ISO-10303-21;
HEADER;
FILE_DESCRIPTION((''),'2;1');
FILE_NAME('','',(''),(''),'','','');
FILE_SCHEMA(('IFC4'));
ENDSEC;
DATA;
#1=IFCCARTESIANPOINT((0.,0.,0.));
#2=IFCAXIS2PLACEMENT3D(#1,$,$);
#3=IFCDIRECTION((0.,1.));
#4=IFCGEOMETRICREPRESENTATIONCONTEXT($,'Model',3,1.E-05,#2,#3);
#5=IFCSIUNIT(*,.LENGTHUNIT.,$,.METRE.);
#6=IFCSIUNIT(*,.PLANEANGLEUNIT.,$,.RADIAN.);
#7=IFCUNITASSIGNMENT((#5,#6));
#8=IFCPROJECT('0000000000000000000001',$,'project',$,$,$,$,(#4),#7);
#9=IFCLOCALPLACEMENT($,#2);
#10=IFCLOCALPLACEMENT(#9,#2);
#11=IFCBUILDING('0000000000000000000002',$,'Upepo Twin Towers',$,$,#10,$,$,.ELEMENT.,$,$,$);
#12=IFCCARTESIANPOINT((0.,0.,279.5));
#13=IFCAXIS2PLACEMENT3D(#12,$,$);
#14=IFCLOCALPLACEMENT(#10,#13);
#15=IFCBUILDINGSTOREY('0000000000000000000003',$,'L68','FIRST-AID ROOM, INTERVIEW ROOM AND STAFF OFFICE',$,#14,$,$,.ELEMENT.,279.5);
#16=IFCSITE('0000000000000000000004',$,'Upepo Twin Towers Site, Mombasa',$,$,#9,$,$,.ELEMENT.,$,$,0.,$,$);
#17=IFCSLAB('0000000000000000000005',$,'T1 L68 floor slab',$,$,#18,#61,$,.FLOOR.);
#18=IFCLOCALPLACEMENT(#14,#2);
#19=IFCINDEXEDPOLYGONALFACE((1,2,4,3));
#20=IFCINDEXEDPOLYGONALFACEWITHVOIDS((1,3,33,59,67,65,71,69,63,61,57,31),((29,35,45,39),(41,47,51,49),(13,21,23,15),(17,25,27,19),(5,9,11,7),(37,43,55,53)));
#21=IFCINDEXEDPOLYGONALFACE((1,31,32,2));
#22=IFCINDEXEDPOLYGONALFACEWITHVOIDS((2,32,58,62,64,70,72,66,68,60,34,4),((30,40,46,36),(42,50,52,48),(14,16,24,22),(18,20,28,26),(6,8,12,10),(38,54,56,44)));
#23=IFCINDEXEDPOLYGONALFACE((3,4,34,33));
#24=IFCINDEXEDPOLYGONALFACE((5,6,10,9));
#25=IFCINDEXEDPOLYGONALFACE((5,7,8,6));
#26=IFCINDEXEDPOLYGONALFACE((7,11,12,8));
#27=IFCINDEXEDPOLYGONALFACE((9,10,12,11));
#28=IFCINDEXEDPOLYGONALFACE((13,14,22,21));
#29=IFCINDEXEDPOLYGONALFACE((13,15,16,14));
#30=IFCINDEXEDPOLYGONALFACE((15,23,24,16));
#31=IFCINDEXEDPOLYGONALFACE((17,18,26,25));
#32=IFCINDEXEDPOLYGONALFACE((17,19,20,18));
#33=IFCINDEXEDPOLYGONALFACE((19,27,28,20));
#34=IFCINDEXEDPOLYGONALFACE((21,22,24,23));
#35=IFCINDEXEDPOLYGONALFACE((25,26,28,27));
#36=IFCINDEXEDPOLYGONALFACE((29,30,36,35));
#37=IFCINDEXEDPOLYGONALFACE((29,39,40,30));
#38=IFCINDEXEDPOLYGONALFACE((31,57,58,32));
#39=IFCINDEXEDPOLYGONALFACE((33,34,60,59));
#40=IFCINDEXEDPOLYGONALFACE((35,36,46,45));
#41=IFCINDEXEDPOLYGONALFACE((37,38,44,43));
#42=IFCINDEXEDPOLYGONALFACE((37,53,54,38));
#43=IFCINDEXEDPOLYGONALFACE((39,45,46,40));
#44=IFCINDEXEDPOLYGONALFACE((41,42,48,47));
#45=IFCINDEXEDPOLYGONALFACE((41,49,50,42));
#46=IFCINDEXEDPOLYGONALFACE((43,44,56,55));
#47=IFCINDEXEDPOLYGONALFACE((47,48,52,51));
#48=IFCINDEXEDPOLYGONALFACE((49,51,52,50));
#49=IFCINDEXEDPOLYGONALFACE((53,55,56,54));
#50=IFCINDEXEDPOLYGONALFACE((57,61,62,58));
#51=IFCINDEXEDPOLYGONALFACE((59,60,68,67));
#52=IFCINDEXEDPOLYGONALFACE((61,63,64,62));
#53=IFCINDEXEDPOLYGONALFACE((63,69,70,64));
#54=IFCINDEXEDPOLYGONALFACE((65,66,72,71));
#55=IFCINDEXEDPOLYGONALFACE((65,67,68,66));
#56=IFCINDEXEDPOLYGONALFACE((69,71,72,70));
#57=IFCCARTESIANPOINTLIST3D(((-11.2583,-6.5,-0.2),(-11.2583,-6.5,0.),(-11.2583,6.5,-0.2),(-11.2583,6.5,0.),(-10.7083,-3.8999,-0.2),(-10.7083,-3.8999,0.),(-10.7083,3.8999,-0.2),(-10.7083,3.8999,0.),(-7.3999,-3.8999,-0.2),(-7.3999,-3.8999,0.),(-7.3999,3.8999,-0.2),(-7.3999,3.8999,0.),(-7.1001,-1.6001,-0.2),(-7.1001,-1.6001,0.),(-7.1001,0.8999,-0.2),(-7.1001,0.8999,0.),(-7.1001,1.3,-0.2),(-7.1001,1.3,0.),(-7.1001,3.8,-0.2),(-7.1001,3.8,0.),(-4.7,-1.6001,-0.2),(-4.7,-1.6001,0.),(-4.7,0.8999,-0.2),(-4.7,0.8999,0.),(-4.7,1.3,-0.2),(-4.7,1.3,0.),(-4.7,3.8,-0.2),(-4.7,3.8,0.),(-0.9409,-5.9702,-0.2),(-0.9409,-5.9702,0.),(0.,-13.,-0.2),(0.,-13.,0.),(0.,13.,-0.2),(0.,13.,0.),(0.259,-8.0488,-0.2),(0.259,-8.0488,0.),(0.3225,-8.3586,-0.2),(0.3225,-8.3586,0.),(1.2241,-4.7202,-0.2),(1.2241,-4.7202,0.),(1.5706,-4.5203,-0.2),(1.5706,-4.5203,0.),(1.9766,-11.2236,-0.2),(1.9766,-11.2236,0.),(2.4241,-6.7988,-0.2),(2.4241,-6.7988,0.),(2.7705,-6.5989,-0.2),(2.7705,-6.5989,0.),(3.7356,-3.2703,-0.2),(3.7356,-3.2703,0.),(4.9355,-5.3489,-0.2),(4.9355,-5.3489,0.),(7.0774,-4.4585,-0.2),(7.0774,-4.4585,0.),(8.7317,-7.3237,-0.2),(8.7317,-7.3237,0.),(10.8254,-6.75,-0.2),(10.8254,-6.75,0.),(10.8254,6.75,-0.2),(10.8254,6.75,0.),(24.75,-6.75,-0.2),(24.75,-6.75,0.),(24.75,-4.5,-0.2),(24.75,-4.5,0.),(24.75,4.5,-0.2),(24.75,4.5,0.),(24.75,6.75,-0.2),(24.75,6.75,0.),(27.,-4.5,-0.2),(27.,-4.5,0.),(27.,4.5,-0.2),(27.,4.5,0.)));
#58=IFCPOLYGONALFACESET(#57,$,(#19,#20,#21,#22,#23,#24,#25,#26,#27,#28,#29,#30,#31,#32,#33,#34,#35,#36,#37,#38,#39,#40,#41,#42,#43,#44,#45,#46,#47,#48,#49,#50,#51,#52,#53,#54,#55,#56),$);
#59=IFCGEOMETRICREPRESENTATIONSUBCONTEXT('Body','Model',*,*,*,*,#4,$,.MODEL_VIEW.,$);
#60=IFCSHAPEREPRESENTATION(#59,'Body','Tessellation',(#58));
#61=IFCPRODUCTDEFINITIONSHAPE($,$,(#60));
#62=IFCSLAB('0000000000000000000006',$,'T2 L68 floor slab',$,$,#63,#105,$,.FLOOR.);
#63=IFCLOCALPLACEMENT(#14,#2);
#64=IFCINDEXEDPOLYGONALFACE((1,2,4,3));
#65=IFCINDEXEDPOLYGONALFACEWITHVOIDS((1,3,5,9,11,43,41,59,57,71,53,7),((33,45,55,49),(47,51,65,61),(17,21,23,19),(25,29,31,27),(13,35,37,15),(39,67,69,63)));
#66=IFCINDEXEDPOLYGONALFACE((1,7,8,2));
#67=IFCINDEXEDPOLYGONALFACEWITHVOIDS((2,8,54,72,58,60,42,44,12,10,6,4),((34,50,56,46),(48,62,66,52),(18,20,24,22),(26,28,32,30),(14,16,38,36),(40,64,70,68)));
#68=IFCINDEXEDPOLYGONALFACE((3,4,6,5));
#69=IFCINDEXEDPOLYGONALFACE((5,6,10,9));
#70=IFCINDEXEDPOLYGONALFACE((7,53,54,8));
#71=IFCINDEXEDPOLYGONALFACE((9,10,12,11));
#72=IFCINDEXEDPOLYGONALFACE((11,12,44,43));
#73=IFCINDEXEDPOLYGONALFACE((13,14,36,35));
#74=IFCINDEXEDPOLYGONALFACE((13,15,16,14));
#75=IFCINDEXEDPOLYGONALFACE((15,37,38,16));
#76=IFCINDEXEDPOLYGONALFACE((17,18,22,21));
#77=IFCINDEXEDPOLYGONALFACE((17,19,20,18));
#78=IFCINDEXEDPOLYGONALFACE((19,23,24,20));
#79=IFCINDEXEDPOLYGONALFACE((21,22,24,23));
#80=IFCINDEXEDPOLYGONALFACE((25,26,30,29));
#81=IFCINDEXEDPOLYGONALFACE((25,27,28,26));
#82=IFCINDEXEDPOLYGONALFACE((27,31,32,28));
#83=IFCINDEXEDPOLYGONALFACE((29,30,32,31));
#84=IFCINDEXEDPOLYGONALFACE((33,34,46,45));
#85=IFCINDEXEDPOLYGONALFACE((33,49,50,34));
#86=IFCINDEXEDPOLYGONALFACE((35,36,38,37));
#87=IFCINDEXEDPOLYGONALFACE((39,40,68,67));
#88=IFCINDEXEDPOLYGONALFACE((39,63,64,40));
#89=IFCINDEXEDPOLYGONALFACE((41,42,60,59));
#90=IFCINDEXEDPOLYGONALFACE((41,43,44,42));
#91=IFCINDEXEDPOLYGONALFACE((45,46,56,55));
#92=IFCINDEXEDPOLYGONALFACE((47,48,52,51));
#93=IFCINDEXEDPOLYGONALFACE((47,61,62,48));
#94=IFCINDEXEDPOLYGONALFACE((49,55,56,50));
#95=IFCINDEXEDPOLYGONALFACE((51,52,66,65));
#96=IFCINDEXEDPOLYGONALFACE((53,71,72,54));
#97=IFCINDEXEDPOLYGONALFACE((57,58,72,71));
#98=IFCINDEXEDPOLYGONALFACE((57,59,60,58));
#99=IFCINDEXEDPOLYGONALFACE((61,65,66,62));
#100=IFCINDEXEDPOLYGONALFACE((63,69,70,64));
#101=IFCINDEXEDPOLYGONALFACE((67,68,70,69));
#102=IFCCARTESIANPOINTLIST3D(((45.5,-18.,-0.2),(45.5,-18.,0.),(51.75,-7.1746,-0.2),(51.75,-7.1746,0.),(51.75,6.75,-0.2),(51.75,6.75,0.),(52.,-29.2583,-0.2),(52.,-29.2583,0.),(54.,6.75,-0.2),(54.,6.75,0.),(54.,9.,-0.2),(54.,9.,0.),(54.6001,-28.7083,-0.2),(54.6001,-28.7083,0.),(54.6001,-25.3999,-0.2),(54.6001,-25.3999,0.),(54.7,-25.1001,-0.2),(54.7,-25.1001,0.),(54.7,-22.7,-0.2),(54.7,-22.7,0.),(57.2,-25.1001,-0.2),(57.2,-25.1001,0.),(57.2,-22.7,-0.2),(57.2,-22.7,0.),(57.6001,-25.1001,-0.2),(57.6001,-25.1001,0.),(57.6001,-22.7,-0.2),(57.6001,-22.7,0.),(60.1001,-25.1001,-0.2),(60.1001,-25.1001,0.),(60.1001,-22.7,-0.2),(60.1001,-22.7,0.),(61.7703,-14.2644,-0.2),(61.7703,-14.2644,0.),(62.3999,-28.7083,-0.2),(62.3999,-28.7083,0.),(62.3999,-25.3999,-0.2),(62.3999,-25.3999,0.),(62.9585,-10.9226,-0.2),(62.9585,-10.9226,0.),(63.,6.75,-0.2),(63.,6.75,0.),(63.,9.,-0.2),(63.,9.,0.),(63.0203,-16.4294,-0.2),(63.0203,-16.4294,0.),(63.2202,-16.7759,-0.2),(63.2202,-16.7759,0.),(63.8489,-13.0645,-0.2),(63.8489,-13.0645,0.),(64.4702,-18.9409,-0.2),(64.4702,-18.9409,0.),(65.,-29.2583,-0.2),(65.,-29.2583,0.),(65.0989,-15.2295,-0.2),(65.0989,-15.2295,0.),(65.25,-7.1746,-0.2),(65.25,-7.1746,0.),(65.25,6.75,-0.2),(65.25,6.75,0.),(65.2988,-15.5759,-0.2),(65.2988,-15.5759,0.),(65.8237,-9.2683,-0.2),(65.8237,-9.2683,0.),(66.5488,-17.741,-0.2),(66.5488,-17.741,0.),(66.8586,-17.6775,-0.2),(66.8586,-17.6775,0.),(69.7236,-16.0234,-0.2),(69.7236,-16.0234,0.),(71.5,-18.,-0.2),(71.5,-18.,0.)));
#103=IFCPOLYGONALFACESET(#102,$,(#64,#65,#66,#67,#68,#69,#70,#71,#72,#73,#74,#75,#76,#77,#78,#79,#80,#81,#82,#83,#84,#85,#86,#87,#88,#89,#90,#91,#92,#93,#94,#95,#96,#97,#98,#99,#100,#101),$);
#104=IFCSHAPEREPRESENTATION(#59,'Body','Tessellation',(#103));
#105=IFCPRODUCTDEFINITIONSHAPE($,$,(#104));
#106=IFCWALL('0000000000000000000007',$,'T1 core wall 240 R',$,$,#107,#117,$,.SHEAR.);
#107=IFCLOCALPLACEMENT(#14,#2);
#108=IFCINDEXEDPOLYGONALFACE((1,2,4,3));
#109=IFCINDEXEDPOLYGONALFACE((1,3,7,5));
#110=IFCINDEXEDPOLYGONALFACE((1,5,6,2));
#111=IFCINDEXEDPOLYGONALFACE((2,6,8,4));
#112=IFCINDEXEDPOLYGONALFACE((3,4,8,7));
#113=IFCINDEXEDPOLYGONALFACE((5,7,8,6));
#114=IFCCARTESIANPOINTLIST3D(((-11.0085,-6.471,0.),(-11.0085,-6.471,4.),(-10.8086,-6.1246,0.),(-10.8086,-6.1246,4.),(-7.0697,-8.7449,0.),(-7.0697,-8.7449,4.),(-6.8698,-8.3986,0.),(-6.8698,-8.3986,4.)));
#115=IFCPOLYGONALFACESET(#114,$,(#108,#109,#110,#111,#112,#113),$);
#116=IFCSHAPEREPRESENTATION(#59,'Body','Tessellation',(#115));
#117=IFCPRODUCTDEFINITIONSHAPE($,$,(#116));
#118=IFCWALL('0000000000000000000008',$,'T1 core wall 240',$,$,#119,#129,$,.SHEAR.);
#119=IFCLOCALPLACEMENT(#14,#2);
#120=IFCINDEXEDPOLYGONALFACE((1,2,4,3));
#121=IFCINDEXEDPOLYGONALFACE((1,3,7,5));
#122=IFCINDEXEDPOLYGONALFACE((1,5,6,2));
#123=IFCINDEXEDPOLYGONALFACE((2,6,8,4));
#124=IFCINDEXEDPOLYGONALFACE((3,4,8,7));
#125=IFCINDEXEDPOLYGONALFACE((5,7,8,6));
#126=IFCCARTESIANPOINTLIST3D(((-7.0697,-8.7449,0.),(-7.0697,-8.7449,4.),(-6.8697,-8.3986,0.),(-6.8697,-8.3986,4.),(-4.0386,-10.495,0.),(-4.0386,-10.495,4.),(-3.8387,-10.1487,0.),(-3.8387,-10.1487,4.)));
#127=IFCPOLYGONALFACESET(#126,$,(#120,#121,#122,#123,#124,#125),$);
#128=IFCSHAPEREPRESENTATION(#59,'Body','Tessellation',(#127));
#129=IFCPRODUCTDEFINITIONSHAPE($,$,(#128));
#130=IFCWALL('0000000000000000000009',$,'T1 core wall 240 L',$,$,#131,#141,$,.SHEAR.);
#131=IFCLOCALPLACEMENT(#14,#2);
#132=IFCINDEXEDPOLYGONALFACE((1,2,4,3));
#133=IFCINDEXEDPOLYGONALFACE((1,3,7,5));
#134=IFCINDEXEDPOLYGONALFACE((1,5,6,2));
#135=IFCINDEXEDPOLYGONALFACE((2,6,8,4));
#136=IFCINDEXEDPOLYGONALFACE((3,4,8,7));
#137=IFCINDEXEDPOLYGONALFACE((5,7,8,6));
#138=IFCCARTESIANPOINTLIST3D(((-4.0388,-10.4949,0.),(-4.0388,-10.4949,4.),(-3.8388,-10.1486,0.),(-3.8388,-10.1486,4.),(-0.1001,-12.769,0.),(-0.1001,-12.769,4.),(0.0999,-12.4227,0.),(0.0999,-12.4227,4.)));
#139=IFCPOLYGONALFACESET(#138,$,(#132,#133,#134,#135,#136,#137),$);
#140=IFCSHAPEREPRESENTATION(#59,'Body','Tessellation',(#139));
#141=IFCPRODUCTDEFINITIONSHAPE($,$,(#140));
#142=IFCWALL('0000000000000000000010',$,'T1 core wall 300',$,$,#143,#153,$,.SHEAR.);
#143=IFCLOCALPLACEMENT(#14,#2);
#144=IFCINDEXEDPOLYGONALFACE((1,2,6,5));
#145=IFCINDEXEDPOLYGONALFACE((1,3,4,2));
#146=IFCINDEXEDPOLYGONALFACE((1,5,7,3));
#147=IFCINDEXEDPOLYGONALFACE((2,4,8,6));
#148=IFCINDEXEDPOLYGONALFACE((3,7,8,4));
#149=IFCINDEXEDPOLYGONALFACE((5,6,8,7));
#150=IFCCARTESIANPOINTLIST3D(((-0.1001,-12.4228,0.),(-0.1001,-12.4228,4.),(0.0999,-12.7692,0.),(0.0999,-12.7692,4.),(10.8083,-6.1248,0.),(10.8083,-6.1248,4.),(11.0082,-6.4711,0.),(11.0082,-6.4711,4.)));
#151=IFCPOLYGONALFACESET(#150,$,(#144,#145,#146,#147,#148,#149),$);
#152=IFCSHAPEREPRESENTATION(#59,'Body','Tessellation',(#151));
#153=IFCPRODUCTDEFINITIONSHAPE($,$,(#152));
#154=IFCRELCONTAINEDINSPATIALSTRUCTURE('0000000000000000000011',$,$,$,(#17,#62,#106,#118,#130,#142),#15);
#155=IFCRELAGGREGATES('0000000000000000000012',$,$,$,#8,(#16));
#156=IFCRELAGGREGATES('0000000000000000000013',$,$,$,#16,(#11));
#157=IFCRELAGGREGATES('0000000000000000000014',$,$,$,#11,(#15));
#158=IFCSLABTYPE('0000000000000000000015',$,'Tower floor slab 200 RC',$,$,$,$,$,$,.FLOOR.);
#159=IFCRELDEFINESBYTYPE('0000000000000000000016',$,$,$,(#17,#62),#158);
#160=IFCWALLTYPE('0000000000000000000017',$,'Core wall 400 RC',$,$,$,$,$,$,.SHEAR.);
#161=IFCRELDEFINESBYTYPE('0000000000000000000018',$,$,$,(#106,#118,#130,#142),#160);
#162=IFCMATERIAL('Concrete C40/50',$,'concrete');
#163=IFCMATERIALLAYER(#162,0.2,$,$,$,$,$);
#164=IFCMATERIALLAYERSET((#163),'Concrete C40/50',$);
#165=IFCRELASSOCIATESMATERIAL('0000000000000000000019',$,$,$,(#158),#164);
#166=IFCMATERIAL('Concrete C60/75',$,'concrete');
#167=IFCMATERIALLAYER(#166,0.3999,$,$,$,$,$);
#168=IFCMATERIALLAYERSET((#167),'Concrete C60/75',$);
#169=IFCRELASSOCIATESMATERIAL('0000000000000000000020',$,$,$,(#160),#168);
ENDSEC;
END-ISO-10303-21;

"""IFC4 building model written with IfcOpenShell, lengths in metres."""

from ifc_helpers import new_model, si_unit, direction, frame, frame_2d, origin, place, context, subcontext, project, spatial, polyline, rectangle, outline, extrude, material, layer, layer_set, type_object, element, save


model = new_model("IFC4")

# Units and contexts
model_context = context("Model", 3, precision=1e-05, world=origin(), true_north=direction((0.0, 1.0)))
body_context = subcontext(model_context, "Body", "Model", "MODEL_VIEW")
ifc_project = project(units=[si_unit("LENGTHUNIT", "METRE"), si_unit("PLANEANGLEUNIT", "RADIAN")], contexts=[model_context])

# Site, building, storey
site_placement = place(None, origin())
site = spatial("IfcSite", under=ifc_project, at=site_placement, Name="Upepo Twin Towers Site, Mombasa", CompositionType="ELEMENT", RefElevation=0.0)
building_placement = place(site_placement, origin())
building = spatial("IfcBuilding", under=site, at=building_placement, Name="Upepo Twin Towers", CompositionType="ELEMENT")
storey_placement = place(building_placement, frame((0.0, 0.0, 279.5)))
storey = spatial("IfcBuildingStorey", under=building, at=storey_placement, Name="L68", Description="FIRST-AID ROOM, INTERVIEW ROOM AND STAFF OFFICE", CompositionType="ELEMENT", Elevation=279.5)

# Slabs
ifc_material_1 = material(Name="Concrete C40/50", Category="concrete")
ifc_layer_1 = layer(ifc_material_1, 0.2)
ifc_layer_set_1 = layer_set([ifc_layer_1], Name="Concrete C40/50")
slab_type = type_object("IfcSlabType", Name="Tower floor slab 200 RC", PredefinedType="FLOOR", material=ifc_layer_set_1)
slab_1_placement = place(storey_placement, frame((0.0, 0.0, -0.2)))
element("IfcSlab", 1, at=slab_1_placement, inside=storey, type_object=slab_type, Name="T1 L68 floor slab", PredefinedType="FLOOR", context=body_context, shape_type="SweptSolid", body=[
    extrude(outline(polyline([(0.0, -13.0), (-11.2583, -6.5), (-11.2583, 6.5), (0.0, 13.0), (10.8254, 6.75), (24.75, 6.75), (24.75, 4.5), (27.0, 4.5), (27.0, -4.5), (24.75, -4.5), (24.75, -6.75), (10.8254, -6.75), (0.0, -13.0)]), holes=[polyline([(-4.7, 3.8), (-7.1001, 3.8), (-7.1001, 1.3), (-4.7, 1.3), (-4.7, 3.8)]), polyline([(-4.7, 0.8999), (-7.1001, 0.8999), (-7.1001, -1.6001), (-4.7, -1.6001), (-4.7, 0.8999)]), polyline([(-7.3999, 3.8999), (-10.7083, 3.8999), (-10.7083, -3.8999), (-7.3999, -3.8999), (-7.3999, 3.8999)]), polyline([(-0.9409, -5.9702), (0.259, -8.0488), (2.4241, -6.7988), (1.2241, -4.7202), (-0.9409, -5.9702)]), polyline([(1.5706, -4.5203), (2.7705, -6.5989), (4.9355, -5.3489), (3.7356, -3.2703), (1.5706, -4.5203)]), polyline([(0.3225, -8.3586), (1.9766, -11.2236), (8.7317, -7.3237), (7.0774, -4.4585), (0.3225, -8.3586)])]), origin(), (0.0, 0.0, 1.0), 0.2),
])
slab_2_placement = place(storey_placement, frame((0.0, 0.0, -0.2)))
element("IfcSlab", 2, at=slab_2_placement, inside=storey, type_object=slab_type, Name="T2 L68 floor slab", PredefinedType="FLOOR", context=body_context, shape_type="SweptSolid", body=[
    extrude(outline(polyline([(71.5, -18.0), (65.0, -29.2583), (52.0, -29.2583), (45.5, -18.0), (51.75, -7.1746), (51.75, 6.75), (54.0, 6.75), (54.0, 9.0), (63.0, 9.0), (63.0, 6.75), (65.25, 6.75), (65.25, -7.1746), (71.5, -18.0)]), holes=[polyline([(54.7, -22.7), (54.7, -25.1001), (57.2, -25.1001), (57.2, -22.7), (54.7, -22.7)]), polyline([(57.6001, -22.7), (57.6001, -25.1001), (60.1001, -25.1001), (60.1001, -22.7), (57.6001, -22.7)]), polyline([(54.6001, -25.3999), (54.6001, -28.7083), (62.3999, -28.7083), (62.3999, -25.3999), (54.6001, -25.3999)]), polyline([(64.4702, -18.9409), (66.5488, -17.741), (65.2988, -15.5759), (63.2202, -16.7759), (64.4702, -18.9409)]), polyline([(63.0203, -16.4294), (65.0989, -15.2295), (63.8489, -13.0645), (61.7703, -14.2644), (63.0203, -16.4294)]), polyline([(66.8586, -17.6775), (69.7236, -16.0234), (65.8237, -9.2683), (62.9585, -10.9226), (66.8586, -17.6775)])]), origin(), (0.0, 0.0, 1.0), 0.2),
])

# Walls
ifc_material_2 = material(Name="Concrete C60/75", Category="concrete")
ifc_layer_2 = layer(ifc_material_2, 0.3999)
ifc_layer_set_2 = layer_set([ifc_layer_2], Name="Concrete C60/75")
wall_type_1 = type_object("IfcWallType", Name="Core wall 400 RC", PredefinedType="SHEAR", material=ifc_layer_set_2)
wall_1_placement = place(storey_placement, frame((-10.9084, -6.2979, 0.0), z_axis=(0.0, 0.0, 1.0), x_axis=(0.866035, -0.499984, 0.0)))
element("IfcWall", 3, at=wall_1_placement, inside=storey, type_object=wall_type_1, Name="T1 core wall 240 R", PredefinedType="SHEAR", context=body_context, shape_type="SweptSolid", body=[
    extrude(rectangle(XDim=4.5481, YDim=0.3999, at=frame_2d((2.2739, 0.0))), origin(), (0.0, 0.0, 1.0), 4.0),
])
wall_2_placement = place(storey_placement, frame((-6.9697, -8.5718, 0.0), z_axis=(0.0, 0.0, 1.0), x_axis=(0.866019, -0.50001, 0.0)))
element("IfcWall", 4, at=wall_2_placement, inside=storey, type_object=wall_type_1, Name="T1 core wall 240", PredefinedType="SHEAR", context=body_context, shape_type="SweptSolid", body=[
    extrude(rectangle(XDim=3.5, YDim=0.3999, at=frame_2d((1.75, 0.0))), origin(), (0.0, 0.0, 1.0), 4.0),
])
wall_3_placement = place(storey_placement, frame((-3.9387, -10.3218, 0.0), z_axis=(0.0, 0.0, 1.0), x_axis=(0.866011, -0.500024, 0.0)))
element("IfcWall", 5, at=wall_3_placement, inside=storey, type_object=wall_type_1, Name="T1 core wall 240 L", PredefinedType="SHEAR", context=body_context, shape_type="SweptSolid", body=[
    extrude(rectangle(XDim=4.5481, YDim=0.3999, at=frame_2d((2.2739, 0.0))), origin(), (0.0, 0.0, 1.0), 4.0),
])
wall_4_placement = place(storey_placement, frame((0.0, -12.5959, 0.0), z_axis=(0.0, 0.0, 1.0), x_axis=(0.866022, 0.500006, 0.0)))
element("IfcWall", 6, at=wall_4_placement, inside=storey, type_object=wall_type_1, Name="T1 core wall 300", PredefinedType="SHEAR", context=body_context, shape_type="SweptSolid", body=[
    extrude(rectangle(XDim=12.5959, YDim=0.3999, at=frame_2d((6.2979, 0.0))), origin(), (0.0, 0.0, 1.0), 4.0),
])

save(model, "model.ifc")
